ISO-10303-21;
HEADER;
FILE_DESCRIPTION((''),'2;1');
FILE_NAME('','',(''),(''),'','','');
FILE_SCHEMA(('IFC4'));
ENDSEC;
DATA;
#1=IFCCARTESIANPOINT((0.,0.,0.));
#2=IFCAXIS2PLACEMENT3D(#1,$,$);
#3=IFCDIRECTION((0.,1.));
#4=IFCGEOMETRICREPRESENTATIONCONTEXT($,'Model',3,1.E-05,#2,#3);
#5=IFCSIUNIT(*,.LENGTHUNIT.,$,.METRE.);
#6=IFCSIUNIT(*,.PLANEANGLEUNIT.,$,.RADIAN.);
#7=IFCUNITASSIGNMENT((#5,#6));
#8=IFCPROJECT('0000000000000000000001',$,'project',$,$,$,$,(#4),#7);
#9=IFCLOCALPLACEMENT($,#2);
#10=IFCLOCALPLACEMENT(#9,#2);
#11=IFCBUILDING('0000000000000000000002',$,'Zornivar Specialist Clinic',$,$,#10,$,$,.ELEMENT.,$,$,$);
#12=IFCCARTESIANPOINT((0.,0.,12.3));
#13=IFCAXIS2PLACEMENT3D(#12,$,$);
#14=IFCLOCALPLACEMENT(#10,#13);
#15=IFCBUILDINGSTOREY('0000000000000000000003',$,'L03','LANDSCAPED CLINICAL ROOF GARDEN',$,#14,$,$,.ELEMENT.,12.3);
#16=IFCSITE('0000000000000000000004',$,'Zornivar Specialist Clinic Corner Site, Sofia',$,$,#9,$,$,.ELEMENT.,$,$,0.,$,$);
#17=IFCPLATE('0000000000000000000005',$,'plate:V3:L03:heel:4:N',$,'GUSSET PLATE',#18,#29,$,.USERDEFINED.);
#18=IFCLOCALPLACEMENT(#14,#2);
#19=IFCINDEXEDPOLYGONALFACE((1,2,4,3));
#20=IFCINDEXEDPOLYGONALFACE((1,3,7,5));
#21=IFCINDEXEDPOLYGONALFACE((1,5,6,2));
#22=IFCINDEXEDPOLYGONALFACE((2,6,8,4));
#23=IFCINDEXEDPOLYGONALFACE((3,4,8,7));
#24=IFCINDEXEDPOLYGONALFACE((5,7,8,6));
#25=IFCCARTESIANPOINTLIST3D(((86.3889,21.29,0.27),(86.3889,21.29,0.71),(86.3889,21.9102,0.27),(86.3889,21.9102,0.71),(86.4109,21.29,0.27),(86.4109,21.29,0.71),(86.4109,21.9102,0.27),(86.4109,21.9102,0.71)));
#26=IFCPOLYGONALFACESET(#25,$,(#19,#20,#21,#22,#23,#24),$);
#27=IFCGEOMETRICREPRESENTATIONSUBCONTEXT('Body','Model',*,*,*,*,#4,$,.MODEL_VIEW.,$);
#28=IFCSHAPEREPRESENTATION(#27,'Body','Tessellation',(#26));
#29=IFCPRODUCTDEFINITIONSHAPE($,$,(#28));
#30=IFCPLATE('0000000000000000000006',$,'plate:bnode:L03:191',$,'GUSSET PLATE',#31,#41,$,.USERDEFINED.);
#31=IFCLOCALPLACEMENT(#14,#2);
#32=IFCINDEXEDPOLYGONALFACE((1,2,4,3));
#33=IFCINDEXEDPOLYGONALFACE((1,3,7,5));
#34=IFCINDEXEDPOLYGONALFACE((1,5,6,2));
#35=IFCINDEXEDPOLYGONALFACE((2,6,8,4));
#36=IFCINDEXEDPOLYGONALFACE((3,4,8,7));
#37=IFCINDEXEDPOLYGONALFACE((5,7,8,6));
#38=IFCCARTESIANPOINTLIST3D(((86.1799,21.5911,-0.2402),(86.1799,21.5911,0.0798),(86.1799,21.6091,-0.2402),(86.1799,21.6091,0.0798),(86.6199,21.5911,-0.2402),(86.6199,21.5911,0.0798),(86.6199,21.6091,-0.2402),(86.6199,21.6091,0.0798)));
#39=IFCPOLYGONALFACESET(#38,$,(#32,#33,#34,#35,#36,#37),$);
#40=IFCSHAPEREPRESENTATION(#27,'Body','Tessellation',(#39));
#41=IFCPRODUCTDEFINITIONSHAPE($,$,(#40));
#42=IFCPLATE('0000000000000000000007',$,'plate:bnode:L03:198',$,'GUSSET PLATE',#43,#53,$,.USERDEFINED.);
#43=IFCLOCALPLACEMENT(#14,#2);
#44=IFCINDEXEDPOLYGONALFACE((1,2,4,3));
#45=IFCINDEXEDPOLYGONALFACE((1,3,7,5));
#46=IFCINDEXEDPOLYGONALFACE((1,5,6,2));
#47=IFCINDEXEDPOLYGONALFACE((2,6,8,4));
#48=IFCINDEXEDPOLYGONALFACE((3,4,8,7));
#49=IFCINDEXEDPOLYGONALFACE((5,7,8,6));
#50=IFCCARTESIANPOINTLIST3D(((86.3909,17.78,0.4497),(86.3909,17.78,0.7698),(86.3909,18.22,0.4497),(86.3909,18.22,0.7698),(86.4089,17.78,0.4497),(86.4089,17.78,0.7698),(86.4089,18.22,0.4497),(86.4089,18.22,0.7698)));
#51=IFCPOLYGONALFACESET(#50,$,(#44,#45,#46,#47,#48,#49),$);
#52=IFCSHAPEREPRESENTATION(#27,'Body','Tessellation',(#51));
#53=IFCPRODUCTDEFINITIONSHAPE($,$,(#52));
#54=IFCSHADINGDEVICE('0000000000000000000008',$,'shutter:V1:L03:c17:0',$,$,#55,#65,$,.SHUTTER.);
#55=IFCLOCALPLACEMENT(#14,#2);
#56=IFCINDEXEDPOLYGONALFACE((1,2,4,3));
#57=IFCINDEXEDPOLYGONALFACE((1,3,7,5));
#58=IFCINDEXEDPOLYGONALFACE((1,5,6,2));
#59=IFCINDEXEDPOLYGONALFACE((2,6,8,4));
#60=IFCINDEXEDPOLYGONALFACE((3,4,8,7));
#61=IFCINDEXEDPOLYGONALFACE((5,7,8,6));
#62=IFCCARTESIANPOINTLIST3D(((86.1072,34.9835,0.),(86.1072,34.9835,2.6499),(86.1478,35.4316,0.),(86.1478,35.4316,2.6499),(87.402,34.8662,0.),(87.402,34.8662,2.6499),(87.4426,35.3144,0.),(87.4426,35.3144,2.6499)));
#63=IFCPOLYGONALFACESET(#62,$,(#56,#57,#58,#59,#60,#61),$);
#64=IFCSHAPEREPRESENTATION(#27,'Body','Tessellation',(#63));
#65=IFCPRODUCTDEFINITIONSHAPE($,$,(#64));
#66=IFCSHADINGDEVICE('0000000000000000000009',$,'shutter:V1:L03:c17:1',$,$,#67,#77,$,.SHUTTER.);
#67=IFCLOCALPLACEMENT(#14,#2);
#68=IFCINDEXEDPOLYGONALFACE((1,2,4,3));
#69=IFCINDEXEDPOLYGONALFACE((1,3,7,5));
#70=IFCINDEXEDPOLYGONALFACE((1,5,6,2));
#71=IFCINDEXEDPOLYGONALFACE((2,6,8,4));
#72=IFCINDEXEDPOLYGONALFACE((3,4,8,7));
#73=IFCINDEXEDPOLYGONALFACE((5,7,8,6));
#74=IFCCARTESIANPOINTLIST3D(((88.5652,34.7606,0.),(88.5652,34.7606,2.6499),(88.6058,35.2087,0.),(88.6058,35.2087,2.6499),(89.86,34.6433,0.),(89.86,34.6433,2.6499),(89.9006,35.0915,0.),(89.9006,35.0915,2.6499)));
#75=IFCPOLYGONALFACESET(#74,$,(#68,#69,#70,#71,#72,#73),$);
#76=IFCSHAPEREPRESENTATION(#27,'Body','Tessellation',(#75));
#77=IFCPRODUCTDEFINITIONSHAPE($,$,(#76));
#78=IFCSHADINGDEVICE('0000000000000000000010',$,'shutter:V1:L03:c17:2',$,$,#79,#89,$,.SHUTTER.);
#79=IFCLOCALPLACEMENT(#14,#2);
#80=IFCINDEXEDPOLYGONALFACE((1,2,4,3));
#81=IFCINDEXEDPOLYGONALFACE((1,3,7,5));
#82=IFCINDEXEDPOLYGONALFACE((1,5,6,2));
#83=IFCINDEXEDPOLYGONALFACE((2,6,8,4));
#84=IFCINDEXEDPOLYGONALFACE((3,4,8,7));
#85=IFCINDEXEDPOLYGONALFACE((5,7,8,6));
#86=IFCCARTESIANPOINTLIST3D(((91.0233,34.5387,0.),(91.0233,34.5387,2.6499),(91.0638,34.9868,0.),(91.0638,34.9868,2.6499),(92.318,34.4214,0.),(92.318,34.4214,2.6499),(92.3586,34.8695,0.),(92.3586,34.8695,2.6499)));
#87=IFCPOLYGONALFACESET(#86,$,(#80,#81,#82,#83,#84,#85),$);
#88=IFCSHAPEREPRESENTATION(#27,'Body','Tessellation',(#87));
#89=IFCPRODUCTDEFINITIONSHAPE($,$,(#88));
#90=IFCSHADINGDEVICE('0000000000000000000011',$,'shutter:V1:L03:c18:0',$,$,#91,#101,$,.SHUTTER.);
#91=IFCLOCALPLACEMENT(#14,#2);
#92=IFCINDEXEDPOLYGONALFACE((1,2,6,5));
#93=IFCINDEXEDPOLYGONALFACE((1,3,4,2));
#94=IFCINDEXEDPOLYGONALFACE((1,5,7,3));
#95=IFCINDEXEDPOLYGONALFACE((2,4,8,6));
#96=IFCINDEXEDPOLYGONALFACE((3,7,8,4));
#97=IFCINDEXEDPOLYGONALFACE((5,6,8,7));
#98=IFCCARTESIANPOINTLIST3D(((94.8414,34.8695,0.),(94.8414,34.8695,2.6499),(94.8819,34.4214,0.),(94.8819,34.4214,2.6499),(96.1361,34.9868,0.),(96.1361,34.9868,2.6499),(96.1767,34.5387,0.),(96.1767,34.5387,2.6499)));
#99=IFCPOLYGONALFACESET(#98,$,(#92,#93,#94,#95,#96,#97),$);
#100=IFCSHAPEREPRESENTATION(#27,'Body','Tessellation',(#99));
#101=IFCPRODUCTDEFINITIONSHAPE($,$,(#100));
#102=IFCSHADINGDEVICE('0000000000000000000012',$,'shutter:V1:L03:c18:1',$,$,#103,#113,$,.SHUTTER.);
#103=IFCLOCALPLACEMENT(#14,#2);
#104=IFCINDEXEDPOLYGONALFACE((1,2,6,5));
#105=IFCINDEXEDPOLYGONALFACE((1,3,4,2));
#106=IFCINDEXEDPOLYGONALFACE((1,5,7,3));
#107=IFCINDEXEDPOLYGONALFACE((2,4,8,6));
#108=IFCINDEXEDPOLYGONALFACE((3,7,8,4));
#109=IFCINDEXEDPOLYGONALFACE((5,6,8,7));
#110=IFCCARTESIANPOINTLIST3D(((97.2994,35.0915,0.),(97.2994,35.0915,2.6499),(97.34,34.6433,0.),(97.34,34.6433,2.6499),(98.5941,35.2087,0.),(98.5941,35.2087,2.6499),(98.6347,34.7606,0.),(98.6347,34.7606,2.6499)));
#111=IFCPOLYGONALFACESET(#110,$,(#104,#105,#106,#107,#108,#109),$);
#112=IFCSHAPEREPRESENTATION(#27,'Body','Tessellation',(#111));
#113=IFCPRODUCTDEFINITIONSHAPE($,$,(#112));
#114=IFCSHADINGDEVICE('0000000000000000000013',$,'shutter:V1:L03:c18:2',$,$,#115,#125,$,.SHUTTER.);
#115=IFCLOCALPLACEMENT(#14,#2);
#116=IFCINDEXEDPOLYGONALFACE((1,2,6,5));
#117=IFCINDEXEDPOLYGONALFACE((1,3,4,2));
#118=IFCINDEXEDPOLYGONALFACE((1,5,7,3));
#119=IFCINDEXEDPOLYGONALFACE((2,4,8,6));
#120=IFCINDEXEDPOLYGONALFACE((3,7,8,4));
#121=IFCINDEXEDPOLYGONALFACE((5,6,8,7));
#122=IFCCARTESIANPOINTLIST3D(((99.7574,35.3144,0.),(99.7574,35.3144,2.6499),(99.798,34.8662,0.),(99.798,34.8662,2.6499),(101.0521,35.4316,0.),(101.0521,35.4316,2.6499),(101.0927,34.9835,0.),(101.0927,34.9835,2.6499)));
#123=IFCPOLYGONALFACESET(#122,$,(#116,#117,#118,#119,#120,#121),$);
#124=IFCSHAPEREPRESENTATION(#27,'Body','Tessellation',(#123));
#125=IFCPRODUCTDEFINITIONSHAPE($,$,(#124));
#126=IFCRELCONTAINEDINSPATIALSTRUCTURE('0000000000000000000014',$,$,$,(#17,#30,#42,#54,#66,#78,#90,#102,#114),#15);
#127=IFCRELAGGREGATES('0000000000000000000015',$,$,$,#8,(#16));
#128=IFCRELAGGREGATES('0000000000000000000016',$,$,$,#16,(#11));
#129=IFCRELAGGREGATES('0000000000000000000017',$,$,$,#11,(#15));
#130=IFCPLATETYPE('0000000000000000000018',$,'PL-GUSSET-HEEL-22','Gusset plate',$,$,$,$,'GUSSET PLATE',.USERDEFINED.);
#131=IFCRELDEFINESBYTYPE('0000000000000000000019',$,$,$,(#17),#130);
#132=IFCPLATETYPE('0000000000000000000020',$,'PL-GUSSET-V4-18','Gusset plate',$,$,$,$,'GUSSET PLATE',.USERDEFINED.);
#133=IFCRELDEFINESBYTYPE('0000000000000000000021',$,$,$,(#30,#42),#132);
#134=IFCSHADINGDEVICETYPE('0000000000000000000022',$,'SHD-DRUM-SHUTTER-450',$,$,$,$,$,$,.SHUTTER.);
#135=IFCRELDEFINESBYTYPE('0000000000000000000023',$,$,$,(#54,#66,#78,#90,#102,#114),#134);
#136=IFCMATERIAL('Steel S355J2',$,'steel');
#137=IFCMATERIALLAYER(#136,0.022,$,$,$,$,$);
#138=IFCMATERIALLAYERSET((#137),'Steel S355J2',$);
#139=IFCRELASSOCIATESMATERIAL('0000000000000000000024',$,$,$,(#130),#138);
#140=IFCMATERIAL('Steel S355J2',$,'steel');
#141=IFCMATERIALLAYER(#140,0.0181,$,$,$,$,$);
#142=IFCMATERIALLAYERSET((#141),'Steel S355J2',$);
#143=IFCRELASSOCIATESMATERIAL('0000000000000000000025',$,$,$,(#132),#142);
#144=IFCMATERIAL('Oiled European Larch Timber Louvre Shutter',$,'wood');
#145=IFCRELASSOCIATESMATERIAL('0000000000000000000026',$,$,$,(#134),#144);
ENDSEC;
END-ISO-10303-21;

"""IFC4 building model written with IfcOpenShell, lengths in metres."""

from ifc_helpers import new_model, si_unit, direction, frame, origin, origin_2d, place, context, subcontext, project, spatial, rectangle, extrude, material, layer, layer_set, type_object, element, save


model = new_model("IFC4")

# Units and contexts
model_context = context("Model", 3, precision=1e-05, world=origin(), true_north=direction((0.0, 1.0)))
body_context = subcontext(model_context, "Body", "Model", "MODEL_VIEW")
ifc_project = project(units=[si_unit("LENGTHUNIT", "METRE"), si_unit("PLANEANGLEUNIT", "RADIAN")], contexts=[model_context])

# Site, building, storey
site_placement = place(None, origin())
site = spatial("IfcSite", under=ifc_project, at=site_placement, Name="Zornivar Specialist Clinic Corner Site, Sofia", CompositionType="ELEMENT", RefElevation=0.0)
building_placement = place(site_placement, origin())
building = spatial("IfcBuilding", under=site, at=building_placement, Name="Zornivar Specialist Clinic", CompositionType="ELEMENT")
storey_placement = place(building_placement, frame((0.0, 0.0, 12.3)))
storey = spatial("IfcBuildingStorey", under=building, at=storey_placement, Name="L03", Description="LANDSCAPED CLINICAL ROOF GARDEN", CompositionType="ELEMENT", Elevation=12.3)

# Plates
ifc_material_1 = material(Name="Steel S355J2", Category="steel")
ifc_layer_1 = layer(ifc_material_1, 0.022)
ifc_layer_set_1 = layer_set([ifc_layer_1], Name="Steel S355J2")
plate_type_1 = type_object("IfcPlateType", Name="PL-GUSSET-HEEL-22", Description="Gusset plate", ElementType="GUSSET PLATE", PredefinedType="USERDEFINED", material=ifc_layer_set_1)
plate_1_placement = place(storey_placement, frame((86.3999, 21.6001, 0.27), z_axis=(0.0, 0.0, 1.0), x_axis=(1.0, 0.0, 0.0)))
element("IfcPlate", 1, at=plate_1_placement, inside=storey, type_object=plate_type_1, Name="plate:V3:L03:heel:4:N", ObjectType="GUSSET PLATE", PredefinedType="USERDEFINED", context=body_context, shape_type="SweptSolid", body=[
    extrude(rectangle(XDim=0.022, YDim=0.6201, at=origin_2d()), origin(), (0.0, 0.0, 1.0), 0.4399),
])
ifc_material_2 = material(Name="Steel S355J2", Category="steel")
ifc_layer_2 = layer(ifc_material_2, 0.0181)
ifc_layer_set_2 = layer_set([ifc_layer_2], Name="Steel S355J2")
plate_type_2 = type_object("IfcPlateType", Name="PL-GUSSET-V4-18", Description="Gusset plate", ElementType="GUSSET PLATE", PredefinedType="USERDEFINED", material=ifc_layer_set_2)
for number, where, z_axis, x_axis, name in (
    (2, (86.3999, 21.6001, -0.2402), (0.0, 0.0, 1.0), (1.0, 0.0, 0.0), "plate:bnode:L03:191"),
    (3, (86.3999, 18.0, 0.4497), (0.0, 0.0, 1.0), (0.0, 1.0, 0.0), "plate:bnode:L03:198"),
):
    element("IfcPlate", number, at=place(storey_placement, frame(where, z_axis=z_axis, x_axis=x_axis)), inside=storey, type_object=plate_type_2, Name=name, ObjectType="GUSSET PLATE", PredefinedType="USERDEFINED", context=body_context, shape_type="SweptSolid", body=[
        extrude(rectangle(XDim=0.4399, YDim=0.0181, at=origin_2d()), origin(), (0.0, 0.0, 1.0), 0.3201),
    ])

# Shading devices
ifc_material_3 = material(Name="Oiled European Larch Timber Louvre Shutter", Category="wood")
shading_device_type = type_object("IfcShadingDeviceType", Name="SHD-DRUM-SHUTTER-450", PredefinedType="SHUTTER", material=ifc_material_3)
for number, where, z_axis, x_axis, name in (
    (4, (86.7749, 35.1489, 0.0), (0.0, 0.0, 1.0), (0.995925, -0.090188, 0.0), "shutter:V1:L03:c17:0"),
    (5, (89.2329, 34.926, 0.0), (0.0, 0.0, 1.0), (0.995925, -0.090188, 0.0), "shutter:V1:L03:c17:1"),
    (6, (91.6909, 34.7041, 0.0), (0.0, 0.0, 1.0), (0.995925, -0.090188, 0.0), "shutter:V1:L03:c17:2"),
    (7, (95.509, 34.7041, 0.0), (0.0, 0.0, 1.0), (0.995925, 0.090188, 0.0), "shutter:V1:L03:c18:0"),
    (8, (97.967, 34.926, 0.0), (0.0, 0.0, 1.0), (0.995925, 0.090188, 0.0), "shutter:V1:L03:c18:1"),
    (9, (100.425, 35.1489, 0.0), (0.0, 0.0, 1.0), (0.995925, 0.090188, 0.0), "shutter:V1:L03:c18:2"),
):
    element("IfcShadingDevice", number, at=place(storey_placement, frame(where, z_axis=z_axis, x_axis=x_axis)), inside=storey, type_object=shading_device_type, Name=name, PredefinedType="SHUTTER", context=body_context, shape_type="SweptSolid", body=[
        extrude(rectangle(XDim=1.3, YDim=0.45, at=origin_2d()), origin(), (0.0, 0.0, 1.0), 2.6499),
    ])

save(model, "model.ifc")
